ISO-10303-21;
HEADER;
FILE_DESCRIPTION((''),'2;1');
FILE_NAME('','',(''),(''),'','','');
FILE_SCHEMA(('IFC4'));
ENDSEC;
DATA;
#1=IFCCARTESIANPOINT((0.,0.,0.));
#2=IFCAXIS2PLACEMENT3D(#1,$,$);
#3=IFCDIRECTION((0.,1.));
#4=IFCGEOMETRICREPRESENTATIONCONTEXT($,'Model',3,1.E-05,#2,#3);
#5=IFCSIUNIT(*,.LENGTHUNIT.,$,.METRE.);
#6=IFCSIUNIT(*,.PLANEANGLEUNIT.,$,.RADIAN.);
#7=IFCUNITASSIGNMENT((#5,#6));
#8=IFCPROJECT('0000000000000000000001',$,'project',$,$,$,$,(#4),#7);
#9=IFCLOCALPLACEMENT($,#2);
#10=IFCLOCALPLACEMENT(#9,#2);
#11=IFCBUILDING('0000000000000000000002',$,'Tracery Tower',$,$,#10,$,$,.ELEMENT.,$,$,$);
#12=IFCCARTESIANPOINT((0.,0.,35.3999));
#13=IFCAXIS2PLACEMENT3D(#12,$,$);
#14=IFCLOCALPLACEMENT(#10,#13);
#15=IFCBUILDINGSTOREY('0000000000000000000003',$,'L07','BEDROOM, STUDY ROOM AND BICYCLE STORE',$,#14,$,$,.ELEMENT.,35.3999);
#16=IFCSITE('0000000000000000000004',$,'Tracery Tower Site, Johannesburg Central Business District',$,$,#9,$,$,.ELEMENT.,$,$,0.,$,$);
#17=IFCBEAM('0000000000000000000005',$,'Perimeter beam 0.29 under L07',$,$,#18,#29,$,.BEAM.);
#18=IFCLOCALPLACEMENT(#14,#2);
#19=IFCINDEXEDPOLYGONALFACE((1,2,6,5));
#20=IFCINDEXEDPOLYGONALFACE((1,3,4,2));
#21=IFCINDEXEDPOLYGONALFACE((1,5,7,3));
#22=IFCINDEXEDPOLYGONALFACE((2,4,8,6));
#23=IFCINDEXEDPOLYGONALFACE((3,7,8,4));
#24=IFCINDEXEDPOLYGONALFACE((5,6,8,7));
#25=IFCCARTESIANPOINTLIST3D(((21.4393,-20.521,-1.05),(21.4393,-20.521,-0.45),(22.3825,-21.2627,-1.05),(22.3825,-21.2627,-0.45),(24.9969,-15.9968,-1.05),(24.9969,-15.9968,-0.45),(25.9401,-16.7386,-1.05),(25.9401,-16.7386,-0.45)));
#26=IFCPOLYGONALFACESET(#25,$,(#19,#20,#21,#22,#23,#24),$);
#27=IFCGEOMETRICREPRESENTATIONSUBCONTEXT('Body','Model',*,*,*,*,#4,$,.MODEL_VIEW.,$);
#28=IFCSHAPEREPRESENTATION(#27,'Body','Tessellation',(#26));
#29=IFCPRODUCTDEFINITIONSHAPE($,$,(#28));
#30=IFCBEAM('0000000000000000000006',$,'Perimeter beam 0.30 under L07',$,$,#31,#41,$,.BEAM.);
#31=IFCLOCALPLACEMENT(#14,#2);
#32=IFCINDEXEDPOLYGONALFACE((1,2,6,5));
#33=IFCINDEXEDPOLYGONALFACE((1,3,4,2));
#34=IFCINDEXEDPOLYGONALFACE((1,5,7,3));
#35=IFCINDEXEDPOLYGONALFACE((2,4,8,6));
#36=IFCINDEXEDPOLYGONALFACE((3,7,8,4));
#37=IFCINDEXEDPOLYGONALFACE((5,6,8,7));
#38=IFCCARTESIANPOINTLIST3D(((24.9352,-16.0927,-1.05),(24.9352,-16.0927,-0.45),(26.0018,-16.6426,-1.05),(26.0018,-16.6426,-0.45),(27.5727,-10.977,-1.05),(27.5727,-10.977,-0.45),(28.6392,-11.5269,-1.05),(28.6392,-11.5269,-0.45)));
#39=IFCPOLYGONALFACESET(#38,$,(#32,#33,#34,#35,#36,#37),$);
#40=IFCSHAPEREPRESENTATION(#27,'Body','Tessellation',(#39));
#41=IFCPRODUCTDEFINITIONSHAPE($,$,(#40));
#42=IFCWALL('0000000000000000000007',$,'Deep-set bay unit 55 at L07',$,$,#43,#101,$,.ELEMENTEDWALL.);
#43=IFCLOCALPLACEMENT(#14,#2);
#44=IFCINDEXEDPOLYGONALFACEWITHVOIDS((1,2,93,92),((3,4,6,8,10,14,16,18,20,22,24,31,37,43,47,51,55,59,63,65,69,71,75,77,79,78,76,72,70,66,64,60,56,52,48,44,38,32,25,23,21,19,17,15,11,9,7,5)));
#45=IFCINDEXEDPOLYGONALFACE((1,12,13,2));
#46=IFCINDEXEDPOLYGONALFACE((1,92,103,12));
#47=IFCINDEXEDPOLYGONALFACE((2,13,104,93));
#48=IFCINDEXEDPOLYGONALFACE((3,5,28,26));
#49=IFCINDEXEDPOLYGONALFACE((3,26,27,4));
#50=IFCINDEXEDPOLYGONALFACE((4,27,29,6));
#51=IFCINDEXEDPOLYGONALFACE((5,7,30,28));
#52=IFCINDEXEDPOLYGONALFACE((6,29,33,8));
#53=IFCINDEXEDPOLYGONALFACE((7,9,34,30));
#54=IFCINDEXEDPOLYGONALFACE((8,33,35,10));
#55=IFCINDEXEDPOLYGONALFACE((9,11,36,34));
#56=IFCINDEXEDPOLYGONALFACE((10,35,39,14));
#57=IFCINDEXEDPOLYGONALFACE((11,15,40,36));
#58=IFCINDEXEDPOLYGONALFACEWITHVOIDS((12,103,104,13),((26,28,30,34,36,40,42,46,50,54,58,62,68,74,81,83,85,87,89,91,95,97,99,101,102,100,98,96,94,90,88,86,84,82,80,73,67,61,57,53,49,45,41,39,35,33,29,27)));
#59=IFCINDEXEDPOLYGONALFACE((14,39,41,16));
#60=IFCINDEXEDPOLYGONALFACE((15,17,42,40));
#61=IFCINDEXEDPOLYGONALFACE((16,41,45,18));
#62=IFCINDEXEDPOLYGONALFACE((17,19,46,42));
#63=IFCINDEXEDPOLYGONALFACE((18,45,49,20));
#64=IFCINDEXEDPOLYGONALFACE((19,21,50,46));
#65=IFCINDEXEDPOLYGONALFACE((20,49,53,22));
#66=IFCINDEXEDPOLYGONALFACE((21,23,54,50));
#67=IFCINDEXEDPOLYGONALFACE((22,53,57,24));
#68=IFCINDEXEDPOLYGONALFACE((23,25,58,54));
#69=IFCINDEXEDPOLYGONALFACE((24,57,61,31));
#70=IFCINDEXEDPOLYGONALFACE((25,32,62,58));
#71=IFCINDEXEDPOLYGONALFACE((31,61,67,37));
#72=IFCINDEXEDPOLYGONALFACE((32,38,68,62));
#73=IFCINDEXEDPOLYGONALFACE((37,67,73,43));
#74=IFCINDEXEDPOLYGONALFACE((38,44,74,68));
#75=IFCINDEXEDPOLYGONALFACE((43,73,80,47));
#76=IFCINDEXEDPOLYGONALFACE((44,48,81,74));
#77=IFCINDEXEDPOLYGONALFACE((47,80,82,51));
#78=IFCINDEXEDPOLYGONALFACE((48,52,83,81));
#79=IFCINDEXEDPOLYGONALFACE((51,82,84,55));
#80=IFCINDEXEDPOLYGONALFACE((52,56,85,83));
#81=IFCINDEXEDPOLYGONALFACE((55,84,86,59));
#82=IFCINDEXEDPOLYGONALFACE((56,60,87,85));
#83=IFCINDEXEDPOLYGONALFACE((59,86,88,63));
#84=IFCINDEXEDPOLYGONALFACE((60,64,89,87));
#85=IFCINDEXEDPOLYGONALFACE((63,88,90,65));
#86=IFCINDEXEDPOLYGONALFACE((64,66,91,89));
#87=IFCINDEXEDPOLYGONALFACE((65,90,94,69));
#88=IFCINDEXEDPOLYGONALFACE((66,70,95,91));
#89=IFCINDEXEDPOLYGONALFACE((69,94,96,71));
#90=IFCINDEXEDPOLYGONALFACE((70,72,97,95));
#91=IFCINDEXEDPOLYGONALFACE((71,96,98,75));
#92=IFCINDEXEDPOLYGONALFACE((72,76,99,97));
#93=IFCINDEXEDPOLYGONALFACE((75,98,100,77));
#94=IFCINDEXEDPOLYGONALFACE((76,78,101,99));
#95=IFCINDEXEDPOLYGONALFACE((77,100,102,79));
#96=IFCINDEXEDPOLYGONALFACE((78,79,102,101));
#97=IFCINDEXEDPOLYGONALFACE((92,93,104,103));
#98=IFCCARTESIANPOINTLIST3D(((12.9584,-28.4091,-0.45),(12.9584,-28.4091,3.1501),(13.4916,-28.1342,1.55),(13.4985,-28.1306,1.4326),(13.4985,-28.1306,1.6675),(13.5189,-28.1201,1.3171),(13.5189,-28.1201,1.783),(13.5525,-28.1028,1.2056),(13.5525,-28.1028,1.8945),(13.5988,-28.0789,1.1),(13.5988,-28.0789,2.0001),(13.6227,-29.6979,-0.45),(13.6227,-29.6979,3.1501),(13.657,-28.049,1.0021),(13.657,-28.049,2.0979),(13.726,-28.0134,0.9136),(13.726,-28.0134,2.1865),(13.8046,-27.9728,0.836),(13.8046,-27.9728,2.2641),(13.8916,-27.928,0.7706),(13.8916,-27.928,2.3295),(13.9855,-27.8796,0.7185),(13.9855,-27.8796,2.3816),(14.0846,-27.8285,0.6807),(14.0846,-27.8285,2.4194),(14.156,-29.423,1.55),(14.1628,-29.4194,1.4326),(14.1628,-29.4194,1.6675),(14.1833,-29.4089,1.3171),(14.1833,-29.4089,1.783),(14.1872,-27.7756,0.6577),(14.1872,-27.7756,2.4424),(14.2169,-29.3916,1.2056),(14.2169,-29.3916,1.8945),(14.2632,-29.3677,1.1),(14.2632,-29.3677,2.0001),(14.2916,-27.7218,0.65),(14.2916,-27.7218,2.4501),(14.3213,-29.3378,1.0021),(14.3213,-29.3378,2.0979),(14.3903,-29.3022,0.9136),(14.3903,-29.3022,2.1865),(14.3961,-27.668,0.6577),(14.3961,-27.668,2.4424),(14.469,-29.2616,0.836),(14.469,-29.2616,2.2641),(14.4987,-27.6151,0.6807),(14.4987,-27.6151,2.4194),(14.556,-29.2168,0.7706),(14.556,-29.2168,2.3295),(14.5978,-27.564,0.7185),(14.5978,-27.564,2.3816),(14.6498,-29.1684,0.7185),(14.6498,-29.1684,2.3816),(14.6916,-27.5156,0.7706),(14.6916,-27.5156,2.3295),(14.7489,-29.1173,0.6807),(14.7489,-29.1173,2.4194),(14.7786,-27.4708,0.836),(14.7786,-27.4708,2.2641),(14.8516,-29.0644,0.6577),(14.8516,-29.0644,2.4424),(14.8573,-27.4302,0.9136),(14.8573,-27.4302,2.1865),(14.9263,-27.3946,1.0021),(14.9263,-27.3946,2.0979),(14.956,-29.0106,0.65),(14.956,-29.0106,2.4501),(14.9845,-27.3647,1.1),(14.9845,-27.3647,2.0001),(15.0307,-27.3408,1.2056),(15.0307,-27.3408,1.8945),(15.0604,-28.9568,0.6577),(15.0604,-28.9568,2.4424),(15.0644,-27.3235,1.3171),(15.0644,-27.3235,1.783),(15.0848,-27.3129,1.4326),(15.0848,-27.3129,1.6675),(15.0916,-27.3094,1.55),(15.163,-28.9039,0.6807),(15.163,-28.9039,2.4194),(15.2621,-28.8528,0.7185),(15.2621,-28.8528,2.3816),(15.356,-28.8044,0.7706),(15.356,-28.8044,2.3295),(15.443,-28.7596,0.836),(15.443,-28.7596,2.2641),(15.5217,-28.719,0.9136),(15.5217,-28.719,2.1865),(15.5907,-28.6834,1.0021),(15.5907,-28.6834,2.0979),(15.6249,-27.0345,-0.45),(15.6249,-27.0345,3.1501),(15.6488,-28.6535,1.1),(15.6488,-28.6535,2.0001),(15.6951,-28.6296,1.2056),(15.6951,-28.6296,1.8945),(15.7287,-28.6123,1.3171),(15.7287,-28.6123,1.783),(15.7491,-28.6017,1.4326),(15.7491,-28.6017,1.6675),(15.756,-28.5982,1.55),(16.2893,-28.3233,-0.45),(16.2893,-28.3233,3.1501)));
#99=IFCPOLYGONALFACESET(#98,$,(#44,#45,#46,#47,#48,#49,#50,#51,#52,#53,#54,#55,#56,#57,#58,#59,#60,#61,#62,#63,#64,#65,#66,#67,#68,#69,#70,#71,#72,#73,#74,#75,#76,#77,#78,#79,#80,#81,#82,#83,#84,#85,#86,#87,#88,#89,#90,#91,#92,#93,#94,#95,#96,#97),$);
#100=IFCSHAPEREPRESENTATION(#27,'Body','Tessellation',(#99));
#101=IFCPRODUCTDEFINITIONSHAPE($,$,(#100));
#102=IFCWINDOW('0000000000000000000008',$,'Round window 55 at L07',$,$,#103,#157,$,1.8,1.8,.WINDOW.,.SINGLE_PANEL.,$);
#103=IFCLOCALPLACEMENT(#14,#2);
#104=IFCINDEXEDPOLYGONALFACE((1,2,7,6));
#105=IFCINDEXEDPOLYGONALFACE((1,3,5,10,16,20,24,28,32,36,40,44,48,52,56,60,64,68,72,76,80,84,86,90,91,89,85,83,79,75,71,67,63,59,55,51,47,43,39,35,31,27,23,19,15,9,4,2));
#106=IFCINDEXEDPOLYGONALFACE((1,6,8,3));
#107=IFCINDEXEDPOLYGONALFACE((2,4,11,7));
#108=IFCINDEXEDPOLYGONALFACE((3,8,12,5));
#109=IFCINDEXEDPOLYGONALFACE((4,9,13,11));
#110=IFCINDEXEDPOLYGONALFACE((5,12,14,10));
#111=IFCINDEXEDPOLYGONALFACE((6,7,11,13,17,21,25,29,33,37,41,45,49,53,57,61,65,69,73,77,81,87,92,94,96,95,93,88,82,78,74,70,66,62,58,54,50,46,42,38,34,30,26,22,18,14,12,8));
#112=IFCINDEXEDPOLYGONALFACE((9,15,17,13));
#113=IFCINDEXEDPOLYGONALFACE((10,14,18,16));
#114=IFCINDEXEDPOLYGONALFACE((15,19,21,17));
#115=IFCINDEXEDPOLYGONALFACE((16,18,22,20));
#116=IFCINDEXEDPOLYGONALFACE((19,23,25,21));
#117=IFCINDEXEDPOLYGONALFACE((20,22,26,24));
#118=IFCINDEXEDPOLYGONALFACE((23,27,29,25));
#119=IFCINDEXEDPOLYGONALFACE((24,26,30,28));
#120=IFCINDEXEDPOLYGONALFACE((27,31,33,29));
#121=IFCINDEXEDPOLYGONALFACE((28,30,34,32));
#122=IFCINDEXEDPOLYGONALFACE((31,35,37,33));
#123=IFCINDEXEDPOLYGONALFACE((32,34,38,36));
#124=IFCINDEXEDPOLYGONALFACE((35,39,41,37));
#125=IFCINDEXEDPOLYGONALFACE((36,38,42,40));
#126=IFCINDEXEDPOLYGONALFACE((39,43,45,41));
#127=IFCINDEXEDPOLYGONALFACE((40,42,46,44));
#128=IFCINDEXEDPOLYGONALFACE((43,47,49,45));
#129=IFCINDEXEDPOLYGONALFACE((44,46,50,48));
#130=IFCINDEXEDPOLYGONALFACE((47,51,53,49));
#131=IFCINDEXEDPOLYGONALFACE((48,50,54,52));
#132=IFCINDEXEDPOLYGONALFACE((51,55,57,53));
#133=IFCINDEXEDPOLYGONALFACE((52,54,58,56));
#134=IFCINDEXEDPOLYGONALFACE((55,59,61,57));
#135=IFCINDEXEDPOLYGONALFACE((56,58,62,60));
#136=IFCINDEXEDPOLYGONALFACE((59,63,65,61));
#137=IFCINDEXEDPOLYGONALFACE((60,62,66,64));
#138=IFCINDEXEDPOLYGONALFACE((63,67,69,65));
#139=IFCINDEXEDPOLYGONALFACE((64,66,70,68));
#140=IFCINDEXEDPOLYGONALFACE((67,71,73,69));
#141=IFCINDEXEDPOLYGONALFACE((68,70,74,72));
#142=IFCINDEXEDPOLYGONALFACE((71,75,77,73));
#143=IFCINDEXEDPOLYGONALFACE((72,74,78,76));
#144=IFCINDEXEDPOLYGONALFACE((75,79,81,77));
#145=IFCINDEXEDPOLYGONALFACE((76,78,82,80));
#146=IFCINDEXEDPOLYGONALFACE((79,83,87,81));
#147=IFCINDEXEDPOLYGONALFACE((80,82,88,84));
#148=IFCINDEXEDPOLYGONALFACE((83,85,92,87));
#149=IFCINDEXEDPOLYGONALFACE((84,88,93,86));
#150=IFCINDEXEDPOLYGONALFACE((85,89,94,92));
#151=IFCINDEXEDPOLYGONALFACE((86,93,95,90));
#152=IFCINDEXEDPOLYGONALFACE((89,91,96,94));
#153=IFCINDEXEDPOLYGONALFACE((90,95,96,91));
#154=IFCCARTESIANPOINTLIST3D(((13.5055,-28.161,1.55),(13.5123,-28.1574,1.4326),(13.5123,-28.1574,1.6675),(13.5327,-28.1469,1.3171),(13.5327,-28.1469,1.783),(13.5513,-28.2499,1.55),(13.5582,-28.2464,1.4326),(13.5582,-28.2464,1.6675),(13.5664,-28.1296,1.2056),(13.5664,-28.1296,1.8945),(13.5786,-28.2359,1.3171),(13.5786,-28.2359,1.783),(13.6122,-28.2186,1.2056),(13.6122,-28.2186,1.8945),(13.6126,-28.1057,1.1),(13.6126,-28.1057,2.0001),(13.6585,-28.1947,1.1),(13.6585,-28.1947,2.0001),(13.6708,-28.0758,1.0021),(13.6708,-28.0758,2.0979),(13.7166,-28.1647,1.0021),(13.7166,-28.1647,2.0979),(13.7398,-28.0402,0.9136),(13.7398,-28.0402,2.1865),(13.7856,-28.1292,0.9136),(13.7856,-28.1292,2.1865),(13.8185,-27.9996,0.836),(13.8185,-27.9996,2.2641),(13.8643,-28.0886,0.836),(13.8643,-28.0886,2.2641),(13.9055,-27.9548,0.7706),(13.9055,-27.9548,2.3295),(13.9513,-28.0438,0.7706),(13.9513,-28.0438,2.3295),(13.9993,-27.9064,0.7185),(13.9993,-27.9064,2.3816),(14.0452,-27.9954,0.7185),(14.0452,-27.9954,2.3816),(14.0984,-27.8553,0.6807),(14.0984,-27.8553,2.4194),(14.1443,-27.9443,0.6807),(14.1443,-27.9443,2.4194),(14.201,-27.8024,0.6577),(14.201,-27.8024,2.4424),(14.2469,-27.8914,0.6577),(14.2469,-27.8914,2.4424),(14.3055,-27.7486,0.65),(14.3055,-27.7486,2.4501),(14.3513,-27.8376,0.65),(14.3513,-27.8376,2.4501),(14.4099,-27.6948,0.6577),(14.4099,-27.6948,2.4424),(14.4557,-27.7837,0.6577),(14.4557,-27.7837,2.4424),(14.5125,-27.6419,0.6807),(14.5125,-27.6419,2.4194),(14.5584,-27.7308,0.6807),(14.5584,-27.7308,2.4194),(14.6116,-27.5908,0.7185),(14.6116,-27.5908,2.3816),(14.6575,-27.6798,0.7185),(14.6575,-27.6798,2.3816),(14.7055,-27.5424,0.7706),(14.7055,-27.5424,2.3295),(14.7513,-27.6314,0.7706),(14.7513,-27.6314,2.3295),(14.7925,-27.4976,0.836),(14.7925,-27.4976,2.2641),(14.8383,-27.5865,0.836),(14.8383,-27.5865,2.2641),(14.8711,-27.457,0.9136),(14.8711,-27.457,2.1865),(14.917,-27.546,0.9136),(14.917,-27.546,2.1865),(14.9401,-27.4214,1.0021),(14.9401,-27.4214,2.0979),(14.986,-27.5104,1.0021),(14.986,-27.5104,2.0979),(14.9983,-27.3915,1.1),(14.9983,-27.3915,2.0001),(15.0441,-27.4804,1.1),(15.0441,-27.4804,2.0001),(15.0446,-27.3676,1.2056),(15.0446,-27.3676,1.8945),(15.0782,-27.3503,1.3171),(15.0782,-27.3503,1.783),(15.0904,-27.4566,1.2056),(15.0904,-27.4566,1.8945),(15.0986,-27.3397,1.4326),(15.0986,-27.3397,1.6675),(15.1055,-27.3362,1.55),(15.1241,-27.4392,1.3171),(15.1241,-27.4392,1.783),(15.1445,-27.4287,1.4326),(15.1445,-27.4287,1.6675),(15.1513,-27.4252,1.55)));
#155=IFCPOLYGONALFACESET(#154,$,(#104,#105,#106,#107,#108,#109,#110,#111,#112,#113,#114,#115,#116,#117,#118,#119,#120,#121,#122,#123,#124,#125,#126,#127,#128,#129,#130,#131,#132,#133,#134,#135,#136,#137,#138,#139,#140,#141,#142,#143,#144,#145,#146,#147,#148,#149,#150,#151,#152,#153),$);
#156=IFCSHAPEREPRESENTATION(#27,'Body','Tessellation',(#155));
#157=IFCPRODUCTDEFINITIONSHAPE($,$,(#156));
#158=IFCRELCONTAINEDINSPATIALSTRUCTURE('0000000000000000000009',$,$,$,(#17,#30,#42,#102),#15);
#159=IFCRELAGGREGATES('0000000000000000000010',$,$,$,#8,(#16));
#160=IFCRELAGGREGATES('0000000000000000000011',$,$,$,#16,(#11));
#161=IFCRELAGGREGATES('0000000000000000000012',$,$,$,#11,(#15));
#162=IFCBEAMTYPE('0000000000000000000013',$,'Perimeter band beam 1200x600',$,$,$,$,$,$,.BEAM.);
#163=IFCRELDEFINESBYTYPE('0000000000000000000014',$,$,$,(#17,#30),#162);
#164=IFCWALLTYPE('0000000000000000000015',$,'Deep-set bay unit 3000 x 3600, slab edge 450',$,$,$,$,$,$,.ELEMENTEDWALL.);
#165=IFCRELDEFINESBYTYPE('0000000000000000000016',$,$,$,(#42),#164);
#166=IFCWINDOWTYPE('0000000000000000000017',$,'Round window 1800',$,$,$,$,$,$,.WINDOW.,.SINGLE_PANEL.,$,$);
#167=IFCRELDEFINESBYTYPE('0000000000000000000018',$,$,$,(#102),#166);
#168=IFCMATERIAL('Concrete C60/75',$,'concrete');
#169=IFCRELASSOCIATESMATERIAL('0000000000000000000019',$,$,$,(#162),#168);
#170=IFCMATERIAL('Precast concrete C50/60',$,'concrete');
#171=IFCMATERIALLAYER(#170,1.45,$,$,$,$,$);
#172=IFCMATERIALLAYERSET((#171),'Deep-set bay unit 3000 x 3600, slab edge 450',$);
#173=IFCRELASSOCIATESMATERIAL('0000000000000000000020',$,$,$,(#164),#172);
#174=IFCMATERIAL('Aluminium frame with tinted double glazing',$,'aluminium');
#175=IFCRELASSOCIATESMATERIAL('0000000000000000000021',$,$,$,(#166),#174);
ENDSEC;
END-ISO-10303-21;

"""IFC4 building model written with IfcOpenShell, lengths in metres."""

from ifc_helpers import new_model, si_unit, direction, frame, frame_2d, origin, origin_2d, place, context, subcontext, project, spatial, rectangle, circle, extrude, material, layer, layer_set, material_profile, profile_set, type_object, element, fill, save


model = new_model("IFC4")

# Units and contexts
model_context = context("Model", 3, precision=1e-05, world=origin(), true_north=direction((0.0, 1.0)))
body_context = subcontext(model_context, "Body", "Model", "MODEL_VIEW")
ifc_project = project(units=[si_unit("LENGTHUNIT", "METRE"), si_unit("PLANEANGLEUNIT", "RADIAN")], contexts=[model_context])

# Site, building, storey
site_placement = place(None, origin())
site = spatial("IfcSite", under=ifc_project, at=site_placement, Name="Tracery Tower Site, Johannesburg Central Business District", CompositionType="ELEMENT", RefElevation=0.0)
building_placement = place(site_placement, origin())
building = spatial("IfcBuilding", under=site, at=building_placement, Name="Tracery Tower", CompositionType="ELEMENT")
storey_placement = place(building_placement, frame((0.0, 0.0, 35.3999)))
storey = spatial("IfcBuildingStorey", under=building, at=storey_placement, Name="L07", Description="BEDROOM, STUDY ROOM AND BICYCLE STORE", CompositionType="ELEMENT", Elevation=35.3999)

# Beams
ifc_material_1 = material(Name="Concrete C60/75", Category="concrete")
ifc_material_profile_1 = material_profile(ifc_material_1, rectangle(XDim=1.2, YDim=0.6001, at=origin_2d()), Name="RC 1200x600")
ifc_profile_set_1 = profile_set([ifc_material_profile_1], Name="Concrete C60/75")
beam_type = type_object("IfcBeamType", Name="Perimeter band beam 1200x600", PredefinedType="BEAM", material=ifc_profile_set_1)
beam_1_placement = place(storey_placement, frame((21.9109, -20.8918, -0.75), z_axis=(0.618134, 0.786072, 0.0), x_axis=(-0.786072, 0.618134, 0.0)))
element("IfcBeam", 1, at=beam_1_placement, inside=storey, type_object=beam_type, Name="Perimeter beam 0.29 under L07", PredefinedType="BEAM", context=body_context, shape_type="SweptSolid", body=[
    extrude(rectangle(XDim=1.2, YDim=0.6001, at=origin_2d()), origin(), (0.0, 0.0, 1.0), 5.7554),
])
beam_2_placement = place(storey_placement, frame((25.4685, -16.3677, -0.75), z_axis=(0.458242, 0.888827, 0.0), x_axis=(-0.888827, 0.458242, 0.0)))
element("IfcBeam", 2, at=beam_2_placement, inside=storey, type_object=beam_type, Name="Perimeter beam 0.30 under L07", PredefinedType="BEAM", context=body_context, shape_type="SweptSolid", body=[
    extrude(rectangle(XDim=1.2, YDim=0.6001, at=origin_2d()), origin(), (0.0, 0.0, 1.0), 5.7556),
])

# Wall, opening, window
ifc_material_2 = material(Name="Precast concrete C50/60", Category="concrete")
ifc_layer_1 = layer(ifc_material_2, 1.45)
ifc_layer_set_1 = layer_set([ifc_layer_1], Name="Deep-set bay unit 3000 x 3600, slab edge 450")
wall_type_1 = type_object("IfcWallType", Name="Deep-set bay unit 3000 x 3600, slab edge 450", PredefinedType="ELEMENTEDWALL", material=ifc_layer_set_1)
wall_1_placement = place(storey_placement, frame((13.2905, -29.0535, -0.45), z_axis=(0.0, 0.0, 1.0), x_axis=(0.888858, 0.458183, 0.0)))
wall_1 = element("IfcWall", 3, at=wall_1_placement, inside=storey, type_object=wall_type_1, Name="Deep-set bay unit 55 at L07", PredefinedType="ELEMENTEDWALL", context=body_context, shape_type="SweptSolid", body=[
    extrude(rectangle(XDim=3.0, YDim=1.45, at=frame_2d((1.5, 0.0))), origin(), (0.0, 0.0, 1.0), 3.6001),
])
opening_1_placement = place(wall_1_placement, frame((1.5, 0.0, 2.0)))
opening_1 = element("IfcOpeningElement", 4, at=opening_1_placement, cuts=wall_1, PredefinedType="OPENING", context=body_context, shape_type="SweptSolid", body=[
    extrude(circle(Radius=0.9, at=origin_2d()), frame((0.0, 0.7349, 0.0), z_axis=(0.0, -1.0, 0.0), x_axis=(1.0, 0.0, 0.0)), (0.0, 0.0, 1.0), 1.47),
])
ifc_material_3 = material(Name="Aluminium frame with tinted double glazing", Category="aluminium")
window_type = type_object("IfcWindowType", Name="Round window 1800", PartitioningType="SINGLE_PANEL", PredefinedType="WINDOW", material=ifc_material_3)
window_1_placement = place(opening_1_placement, origin())
window_1 = element("IfcWindow", 5, at=window_1_placement, inside=storey, type_object=window_type, Name="Round window 55 at L07", OverallHeight=1.8, OverallWidth=1.8, PartitioningType="SINGLE_PANEL", PredefinedType="WINDOW", context=body_context, shape_type="SweptSolid", body=[
    extrude(circle(Radius=0.9, at=origin_2d()), frame((0.0, 0.6948, 0.0), z_axis=(0.0, -1.0, 0.0), x_axis=(1.0, 0.0, 0.0)), (0.0, 0.0, 1.0), 0.1001),
])
fill(opening_1, window_1)

save(model, "model.ifc")
